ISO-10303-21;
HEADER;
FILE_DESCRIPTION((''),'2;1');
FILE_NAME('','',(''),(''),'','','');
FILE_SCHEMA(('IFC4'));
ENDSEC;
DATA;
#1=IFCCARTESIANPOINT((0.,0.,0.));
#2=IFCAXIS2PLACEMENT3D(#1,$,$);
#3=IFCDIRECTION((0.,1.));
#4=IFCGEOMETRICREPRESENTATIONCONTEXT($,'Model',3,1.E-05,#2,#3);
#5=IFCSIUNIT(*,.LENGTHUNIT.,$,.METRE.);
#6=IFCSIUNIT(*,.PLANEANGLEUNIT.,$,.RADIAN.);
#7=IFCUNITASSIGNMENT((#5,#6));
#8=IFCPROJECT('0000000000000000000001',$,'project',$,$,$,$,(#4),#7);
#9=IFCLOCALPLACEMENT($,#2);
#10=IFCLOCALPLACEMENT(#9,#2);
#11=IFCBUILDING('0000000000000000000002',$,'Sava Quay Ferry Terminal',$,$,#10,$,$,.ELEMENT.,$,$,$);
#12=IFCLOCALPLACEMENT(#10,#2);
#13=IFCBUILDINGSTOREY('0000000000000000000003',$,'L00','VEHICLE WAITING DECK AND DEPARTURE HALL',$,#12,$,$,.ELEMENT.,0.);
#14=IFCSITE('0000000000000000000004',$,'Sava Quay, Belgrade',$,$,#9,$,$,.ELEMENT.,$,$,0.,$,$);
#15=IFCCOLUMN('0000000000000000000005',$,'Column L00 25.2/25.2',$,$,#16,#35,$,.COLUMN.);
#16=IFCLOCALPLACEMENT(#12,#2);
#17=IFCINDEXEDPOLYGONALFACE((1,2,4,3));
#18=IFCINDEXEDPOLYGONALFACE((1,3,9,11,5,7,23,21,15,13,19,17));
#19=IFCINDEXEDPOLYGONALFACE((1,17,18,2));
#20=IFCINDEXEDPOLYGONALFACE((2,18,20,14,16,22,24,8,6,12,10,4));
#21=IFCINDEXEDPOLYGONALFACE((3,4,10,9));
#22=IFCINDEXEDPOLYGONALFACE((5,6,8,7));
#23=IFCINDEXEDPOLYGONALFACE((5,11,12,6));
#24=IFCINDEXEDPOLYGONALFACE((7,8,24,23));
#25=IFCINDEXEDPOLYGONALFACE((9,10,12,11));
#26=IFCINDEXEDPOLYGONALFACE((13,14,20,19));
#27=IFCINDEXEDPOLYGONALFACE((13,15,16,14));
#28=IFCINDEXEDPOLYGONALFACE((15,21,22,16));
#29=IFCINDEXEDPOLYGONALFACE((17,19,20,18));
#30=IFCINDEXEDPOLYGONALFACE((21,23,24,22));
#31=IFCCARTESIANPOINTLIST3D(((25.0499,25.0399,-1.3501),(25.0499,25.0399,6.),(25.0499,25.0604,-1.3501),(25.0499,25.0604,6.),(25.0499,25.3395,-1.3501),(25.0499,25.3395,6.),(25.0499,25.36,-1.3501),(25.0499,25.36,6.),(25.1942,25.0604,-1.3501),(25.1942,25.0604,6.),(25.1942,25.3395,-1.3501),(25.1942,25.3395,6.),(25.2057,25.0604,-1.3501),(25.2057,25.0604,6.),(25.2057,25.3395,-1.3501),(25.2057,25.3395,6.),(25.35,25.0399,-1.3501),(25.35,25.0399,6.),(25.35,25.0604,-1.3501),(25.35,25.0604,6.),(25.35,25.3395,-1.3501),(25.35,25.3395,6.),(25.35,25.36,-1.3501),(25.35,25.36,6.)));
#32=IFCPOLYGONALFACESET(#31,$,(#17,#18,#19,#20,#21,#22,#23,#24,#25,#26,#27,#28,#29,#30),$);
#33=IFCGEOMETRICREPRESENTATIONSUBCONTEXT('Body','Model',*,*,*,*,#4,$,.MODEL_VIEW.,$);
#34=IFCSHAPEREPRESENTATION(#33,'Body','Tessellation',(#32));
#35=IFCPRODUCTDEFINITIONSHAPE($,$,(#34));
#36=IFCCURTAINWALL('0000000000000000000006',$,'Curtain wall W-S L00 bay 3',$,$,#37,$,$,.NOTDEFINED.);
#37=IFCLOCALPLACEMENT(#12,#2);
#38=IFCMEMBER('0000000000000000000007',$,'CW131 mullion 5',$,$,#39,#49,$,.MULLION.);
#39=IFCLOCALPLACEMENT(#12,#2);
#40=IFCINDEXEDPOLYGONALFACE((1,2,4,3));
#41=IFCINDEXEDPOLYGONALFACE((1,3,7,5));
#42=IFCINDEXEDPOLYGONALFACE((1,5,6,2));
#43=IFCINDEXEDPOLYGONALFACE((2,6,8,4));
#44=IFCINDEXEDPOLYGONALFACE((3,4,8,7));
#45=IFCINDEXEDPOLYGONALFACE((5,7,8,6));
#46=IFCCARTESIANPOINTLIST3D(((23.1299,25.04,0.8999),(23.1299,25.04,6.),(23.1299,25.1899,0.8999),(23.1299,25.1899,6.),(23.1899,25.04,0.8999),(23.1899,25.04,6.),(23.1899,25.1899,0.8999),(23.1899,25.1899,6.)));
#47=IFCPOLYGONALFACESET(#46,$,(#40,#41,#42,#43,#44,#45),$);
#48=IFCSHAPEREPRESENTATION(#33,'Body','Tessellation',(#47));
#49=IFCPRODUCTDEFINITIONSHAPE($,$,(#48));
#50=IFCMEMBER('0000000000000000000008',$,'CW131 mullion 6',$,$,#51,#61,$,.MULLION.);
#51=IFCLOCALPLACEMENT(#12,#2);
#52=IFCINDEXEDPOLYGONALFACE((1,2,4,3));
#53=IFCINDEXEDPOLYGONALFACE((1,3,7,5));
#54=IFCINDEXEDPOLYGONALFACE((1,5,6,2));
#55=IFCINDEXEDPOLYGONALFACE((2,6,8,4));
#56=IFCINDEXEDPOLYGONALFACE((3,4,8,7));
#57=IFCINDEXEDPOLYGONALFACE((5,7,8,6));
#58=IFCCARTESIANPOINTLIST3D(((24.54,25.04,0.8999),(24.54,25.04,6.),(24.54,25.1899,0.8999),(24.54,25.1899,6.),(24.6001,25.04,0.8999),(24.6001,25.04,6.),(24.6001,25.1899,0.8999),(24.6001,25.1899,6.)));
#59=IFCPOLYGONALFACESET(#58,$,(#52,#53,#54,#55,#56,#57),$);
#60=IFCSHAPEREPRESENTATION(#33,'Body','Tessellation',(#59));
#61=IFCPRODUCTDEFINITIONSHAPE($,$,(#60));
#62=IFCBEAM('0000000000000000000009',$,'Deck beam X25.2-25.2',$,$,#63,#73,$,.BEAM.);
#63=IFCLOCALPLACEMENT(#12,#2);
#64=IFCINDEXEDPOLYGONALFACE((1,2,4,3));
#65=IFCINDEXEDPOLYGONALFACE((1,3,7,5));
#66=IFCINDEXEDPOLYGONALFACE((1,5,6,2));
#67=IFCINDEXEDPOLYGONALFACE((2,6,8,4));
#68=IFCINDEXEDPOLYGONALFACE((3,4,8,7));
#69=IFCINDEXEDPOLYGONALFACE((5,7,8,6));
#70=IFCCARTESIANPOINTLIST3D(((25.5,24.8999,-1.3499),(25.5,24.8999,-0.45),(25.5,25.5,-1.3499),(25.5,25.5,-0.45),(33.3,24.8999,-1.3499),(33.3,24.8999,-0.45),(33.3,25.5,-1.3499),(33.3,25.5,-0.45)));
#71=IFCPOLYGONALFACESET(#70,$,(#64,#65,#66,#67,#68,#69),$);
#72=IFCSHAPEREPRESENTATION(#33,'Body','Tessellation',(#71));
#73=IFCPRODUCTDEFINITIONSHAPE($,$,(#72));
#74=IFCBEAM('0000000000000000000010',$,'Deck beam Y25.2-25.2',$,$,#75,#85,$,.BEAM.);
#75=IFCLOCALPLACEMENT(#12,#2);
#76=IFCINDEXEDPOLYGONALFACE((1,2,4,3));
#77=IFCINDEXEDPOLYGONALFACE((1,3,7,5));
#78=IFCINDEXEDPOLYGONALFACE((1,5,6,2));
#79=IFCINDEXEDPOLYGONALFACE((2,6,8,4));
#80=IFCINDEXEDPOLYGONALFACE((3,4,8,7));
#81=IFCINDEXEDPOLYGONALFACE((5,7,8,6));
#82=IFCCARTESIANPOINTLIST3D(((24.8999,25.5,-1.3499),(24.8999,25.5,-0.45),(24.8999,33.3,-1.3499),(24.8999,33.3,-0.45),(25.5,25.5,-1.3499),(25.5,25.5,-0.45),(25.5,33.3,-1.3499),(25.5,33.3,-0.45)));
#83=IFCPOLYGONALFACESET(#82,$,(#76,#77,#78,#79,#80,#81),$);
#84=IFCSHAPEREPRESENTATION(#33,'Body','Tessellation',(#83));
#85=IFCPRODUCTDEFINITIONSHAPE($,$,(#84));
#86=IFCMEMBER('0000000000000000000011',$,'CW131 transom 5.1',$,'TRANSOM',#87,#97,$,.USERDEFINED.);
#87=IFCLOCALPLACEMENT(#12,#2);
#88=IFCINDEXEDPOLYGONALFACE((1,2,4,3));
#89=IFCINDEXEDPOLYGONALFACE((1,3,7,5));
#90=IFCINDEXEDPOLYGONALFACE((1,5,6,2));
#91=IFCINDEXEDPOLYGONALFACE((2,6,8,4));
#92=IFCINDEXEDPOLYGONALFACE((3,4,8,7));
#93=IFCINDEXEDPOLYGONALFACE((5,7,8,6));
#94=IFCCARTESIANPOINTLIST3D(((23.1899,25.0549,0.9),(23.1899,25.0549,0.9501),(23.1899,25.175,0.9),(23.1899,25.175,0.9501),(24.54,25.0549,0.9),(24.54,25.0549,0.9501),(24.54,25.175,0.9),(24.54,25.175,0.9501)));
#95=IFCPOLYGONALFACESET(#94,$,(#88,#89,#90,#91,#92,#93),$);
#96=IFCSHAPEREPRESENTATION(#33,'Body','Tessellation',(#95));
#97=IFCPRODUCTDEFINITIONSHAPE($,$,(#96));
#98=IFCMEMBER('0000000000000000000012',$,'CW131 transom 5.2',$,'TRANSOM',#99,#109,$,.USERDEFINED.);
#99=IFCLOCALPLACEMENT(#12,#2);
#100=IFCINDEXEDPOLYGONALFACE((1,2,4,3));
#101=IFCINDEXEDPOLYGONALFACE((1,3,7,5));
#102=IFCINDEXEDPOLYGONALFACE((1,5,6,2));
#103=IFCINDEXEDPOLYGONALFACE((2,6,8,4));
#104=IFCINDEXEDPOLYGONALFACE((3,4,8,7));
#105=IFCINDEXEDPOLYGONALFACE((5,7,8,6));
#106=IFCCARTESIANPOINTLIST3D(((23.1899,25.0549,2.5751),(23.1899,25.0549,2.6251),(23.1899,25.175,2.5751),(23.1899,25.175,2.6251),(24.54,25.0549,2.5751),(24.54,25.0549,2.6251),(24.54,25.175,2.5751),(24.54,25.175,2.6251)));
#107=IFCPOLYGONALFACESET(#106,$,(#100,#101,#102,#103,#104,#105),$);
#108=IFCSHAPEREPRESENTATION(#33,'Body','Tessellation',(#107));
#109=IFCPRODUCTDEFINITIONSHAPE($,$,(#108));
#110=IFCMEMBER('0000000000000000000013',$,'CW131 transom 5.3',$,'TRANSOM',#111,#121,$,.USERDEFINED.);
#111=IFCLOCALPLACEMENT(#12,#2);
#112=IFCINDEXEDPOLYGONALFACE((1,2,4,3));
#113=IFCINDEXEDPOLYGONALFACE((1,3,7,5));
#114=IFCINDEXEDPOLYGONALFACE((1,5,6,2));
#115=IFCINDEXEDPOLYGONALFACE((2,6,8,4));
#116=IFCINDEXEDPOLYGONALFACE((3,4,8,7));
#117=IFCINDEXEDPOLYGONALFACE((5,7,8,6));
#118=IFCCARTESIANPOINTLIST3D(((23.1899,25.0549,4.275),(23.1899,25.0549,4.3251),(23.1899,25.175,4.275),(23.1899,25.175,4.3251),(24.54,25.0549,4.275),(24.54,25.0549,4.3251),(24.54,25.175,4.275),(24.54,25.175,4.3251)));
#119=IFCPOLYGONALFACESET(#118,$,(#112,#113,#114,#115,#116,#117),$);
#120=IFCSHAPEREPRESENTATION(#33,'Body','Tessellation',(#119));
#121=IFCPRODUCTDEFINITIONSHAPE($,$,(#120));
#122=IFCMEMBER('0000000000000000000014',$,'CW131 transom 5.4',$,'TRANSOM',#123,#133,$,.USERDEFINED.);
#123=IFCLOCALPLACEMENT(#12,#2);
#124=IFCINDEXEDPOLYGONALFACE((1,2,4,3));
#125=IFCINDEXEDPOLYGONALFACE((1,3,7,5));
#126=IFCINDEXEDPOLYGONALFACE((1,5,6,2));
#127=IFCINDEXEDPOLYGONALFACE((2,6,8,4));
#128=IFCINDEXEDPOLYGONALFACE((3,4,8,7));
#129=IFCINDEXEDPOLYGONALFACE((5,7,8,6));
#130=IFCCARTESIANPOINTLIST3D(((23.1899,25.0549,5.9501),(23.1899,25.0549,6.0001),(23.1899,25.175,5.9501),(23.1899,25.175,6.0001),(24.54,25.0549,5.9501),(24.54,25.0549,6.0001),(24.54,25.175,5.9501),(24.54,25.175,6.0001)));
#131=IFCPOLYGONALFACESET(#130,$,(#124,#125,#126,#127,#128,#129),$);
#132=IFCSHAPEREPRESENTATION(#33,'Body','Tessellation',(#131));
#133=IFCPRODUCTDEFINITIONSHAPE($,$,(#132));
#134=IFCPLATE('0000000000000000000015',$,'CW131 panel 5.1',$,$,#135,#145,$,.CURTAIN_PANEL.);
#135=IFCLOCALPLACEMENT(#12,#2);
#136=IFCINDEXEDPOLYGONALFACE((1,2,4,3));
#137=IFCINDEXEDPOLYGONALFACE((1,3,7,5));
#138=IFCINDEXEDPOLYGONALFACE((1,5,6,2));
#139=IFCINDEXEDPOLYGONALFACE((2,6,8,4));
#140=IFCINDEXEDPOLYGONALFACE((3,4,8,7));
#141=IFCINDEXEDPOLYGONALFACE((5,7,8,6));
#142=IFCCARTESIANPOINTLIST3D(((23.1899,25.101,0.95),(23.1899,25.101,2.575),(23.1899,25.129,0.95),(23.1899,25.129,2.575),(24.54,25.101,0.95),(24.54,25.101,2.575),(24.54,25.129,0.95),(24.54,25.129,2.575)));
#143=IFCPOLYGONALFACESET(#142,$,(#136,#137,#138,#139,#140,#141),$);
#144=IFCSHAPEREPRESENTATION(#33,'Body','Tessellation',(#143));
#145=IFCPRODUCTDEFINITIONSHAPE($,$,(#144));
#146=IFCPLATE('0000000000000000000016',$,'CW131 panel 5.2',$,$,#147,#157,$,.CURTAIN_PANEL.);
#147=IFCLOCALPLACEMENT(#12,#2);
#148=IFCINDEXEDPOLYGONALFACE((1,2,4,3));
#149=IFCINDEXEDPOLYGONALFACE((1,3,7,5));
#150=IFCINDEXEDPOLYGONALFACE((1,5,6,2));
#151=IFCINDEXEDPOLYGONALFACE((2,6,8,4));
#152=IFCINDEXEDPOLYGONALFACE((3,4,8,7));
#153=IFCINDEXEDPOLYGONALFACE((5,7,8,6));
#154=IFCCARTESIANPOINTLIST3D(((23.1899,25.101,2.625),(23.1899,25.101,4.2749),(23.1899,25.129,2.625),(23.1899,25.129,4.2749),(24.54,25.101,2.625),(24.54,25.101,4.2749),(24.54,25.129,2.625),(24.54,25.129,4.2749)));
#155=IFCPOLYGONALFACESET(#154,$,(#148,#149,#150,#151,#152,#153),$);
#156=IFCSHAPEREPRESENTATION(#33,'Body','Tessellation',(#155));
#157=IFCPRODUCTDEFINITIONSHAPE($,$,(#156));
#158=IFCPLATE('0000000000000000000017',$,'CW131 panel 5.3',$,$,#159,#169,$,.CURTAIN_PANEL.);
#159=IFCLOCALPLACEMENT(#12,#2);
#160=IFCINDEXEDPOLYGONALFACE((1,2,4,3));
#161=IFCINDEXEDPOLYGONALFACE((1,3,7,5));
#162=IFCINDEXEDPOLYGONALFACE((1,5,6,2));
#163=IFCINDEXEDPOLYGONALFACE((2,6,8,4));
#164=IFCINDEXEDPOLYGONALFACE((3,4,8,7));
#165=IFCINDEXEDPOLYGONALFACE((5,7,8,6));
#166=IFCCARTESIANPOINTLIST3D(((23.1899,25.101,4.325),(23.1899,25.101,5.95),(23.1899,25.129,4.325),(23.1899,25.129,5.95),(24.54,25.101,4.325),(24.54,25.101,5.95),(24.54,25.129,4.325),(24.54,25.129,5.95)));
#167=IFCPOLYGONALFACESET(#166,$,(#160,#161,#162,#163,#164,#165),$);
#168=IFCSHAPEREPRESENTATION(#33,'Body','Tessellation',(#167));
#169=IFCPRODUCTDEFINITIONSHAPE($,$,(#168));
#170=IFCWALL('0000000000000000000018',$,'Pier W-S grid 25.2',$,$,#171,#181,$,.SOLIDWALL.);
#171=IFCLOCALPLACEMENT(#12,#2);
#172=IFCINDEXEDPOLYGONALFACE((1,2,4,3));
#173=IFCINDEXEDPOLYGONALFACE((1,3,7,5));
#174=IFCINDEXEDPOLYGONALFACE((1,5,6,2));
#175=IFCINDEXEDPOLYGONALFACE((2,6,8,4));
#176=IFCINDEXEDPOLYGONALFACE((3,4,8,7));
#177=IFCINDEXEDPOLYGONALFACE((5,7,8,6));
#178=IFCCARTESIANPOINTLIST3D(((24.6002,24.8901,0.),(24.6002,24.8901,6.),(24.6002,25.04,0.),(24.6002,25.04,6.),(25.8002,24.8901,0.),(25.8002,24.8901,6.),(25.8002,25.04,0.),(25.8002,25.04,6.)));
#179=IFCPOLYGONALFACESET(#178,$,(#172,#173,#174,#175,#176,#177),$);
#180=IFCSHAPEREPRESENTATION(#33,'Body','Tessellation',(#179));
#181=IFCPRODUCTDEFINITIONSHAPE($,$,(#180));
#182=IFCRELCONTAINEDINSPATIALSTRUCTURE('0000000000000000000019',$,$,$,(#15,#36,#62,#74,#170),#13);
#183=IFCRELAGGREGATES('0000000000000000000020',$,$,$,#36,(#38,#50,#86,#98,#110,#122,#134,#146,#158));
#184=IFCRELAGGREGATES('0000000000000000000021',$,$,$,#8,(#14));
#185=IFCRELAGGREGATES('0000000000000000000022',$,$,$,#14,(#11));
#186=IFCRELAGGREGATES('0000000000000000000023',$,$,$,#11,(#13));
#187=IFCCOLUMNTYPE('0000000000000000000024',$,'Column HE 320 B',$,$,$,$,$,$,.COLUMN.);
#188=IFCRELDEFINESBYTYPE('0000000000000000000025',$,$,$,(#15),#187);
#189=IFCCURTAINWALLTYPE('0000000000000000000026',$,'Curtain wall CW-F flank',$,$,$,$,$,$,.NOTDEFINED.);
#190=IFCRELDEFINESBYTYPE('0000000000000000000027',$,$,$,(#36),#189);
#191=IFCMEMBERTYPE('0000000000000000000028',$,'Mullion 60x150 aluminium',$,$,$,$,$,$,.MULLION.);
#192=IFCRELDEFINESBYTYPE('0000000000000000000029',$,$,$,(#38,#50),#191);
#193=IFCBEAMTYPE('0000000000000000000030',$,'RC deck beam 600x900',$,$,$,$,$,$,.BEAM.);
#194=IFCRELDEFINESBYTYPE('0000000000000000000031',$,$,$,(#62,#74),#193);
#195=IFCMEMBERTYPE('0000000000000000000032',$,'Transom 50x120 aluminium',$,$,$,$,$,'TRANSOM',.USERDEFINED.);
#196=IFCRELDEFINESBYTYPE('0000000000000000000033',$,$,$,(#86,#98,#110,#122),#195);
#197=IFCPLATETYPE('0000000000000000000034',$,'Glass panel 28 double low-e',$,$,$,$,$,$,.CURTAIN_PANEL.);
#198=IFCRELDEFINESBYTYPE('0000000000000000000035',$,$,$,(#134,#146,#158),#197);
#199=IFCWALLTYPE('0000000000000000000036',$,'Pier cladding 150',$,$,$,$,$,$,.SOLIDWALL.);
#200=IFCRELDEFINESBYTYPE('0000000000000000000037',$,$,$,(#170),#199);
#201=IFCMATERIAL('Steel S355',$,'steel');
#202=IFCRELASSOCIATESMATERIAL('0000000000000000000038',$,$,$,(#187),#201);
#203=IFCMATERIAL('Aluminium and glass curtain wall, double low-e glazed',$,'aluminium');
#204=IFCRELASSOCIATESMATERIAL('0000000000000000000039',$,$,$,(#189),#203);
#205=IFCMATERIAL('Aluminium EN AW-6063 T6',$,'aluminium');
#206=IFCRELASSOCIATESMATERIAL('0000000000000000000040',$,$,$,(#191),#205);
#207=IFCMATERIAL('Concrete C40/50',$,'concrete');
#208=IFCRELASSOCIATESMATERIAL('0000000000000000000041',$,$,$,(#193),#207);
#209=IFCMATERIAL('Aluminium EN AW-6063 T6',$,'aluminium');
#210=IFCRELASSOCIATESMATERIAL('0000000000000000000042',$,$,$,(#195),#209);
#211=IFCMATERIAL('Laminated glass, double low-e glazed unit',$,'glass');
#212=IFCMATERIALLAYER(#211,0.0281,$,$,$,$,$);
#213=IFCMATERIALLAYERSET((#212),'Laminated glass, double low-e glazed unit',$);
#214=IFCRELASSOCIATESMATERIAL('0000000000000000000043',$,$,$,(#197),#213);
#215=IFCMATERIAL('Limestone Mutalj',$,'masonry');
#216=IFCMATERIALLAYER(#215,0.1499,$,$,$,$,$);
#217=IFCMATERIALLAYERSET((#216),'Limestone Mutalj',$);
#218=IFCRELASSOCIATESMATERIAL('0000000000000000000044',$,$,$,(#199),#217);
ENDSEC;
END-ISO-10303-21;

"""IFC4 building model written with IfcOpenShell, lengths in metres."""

from ifc_helpers import new_model, si_unit, direction, frame, frame_2d, origin, origin_2d, place, context, subcontext, project, spatial, rectangle, i_section, extrude, material, layer, layer_set, material_profile, profile_set, type_object, element, aggregate, save


model = new_model("IFC4")

# Units and contexts
model_context = context("Model", 3, precision=1e-05, world=origin(), true_north=direction((0.0, 1.0)))
body_context = subcontext(model_context, "Body", "Model", "MODEL_VIEW")
ifc_project = project(units=[si_unit("LENGTHUNIT", "METRE"), si_unit("PLANEANGLEUNIT", "RADIAN")], contexts=[model_context])

# Site, building, storey
site_placement = place(None, origin())
site = spatial("IfcSite", under=ifc_project, at=site_placement, Name="Sava Quay, Belgrade", CompositionType="ELEMENT", RefElevation=0.0)
building_placement = place(site_placement, origin())
building = spatial("IfcBuilding", under=site, at=building_placement, Name="Sava Quay Ferry Terminal", CompositionType="ELEMENT")
storey_placement = place(building_placement, origin())
storey = spatial("IfcBuildingStorey", under=building, at=storey_placement, Name="L00", Description="VEHICLE WAITING DECK AND DEPARTURE HALL", CompositionType="ELEMENT", Elevation=0.0)

# Column
ifc_material_1 = material(Name="Steel S355", Category="steel")
ifc_material_profile_1 = material_profile(ifc_material_1, i_section(OverallWidth=0.3, OverallDepth=0.3201, WebThickness=0.0115, FlangeThickness=0.0205, at=origin_2d()), Name="HE 320 B")
ifc_profile_set_1 = profile_set([ifc_material_profile_1], Name="Steel S355")
column_type = type_object("IfcColumnType", Name="Column HE 320 B", PredefinedType="COLUMN", material=ifc_profile_set_1)
column_placement = place(storey_placement, frame((25.2, 25.2, -1.3501), z_axis=(0.0, 0.0, 1.0), x_axis=(1.0, 0.0, 0.0)))
element("IfcColumn", 1, at=column_placement, inside=storey, type_object=column_type, Name="Column L00 25.2/25.2", PredefinedType="COLUMN", context=body_context, shape_type="SweptSolid", body=[
    extrude(i_section(OverallWidth=0.3, OverallDepth=0.3201, WebThickness=0.0115, FlangeThickness=0.0205, at=origin_2d()), origin(), (0.0, 0.0, 1.0), 7.3501),
])

# Curtain wall, members
ifc_material_2 = material(Name="Aluminium and glass curtain wall, double low-e glazed", Category="aluminium")
curtain_wall_type = type_object("IfcCurtainWallType", Name="Curtain wall CW-F flank", PredefinedType="NOTDEFINED", material=ifc_material_2)
curtain_wall_placement = place(storey_placement, origin())
curtain_wall = element("IfcCurtainWall", 2, at=curtain_wall_placement, inside=storey, type_object=curtain_wall_type, Name="Curtain wall W-S L00 bay 3", PredefinedType="NOTDEFINED")
ifc_material_3 = material(Name="Aluminium EN AW-6063 T6", Category="aluminium")
ifc_material_profile_2 = material_profile(ifc_material_3, rectangle(XDim=0.1499, YDim=0.0601, at=origin_2d()), Name="Mullion 60x150 aluminium")
ifc_profile_set_2 = profile_set([ifc_material_profile_2], Name="Aluminium EN AW-6063 T6")
member_type_1 = type_object("IfcMemberType", Name="Mullion 60x150 aluminium", PredefinedType="MULLION", material=ifc_profile_set_2)
member_1_placement = place(storey_placement, frame((23.1599, 25.115, 0.8999), z_axis=(0.0, 0.0, 1.0), x_axis=(0.0, 1.0, 0.0)))
member_1 = element("IfcMember", 3, at=member_1_placement, type_object=member_type_1, Name="CW131 mullion 5", PredefinedType="MULLION", context=body_context, shape_type="SweptSolid", body=[
    extrude(rectangle(XDim=0.1499, YDim=0.0601, at=origin_2d()), origin(), (0.0, 0.0, 1.0), 5.1001),
])
member_2_placement = place(storey_placement, frame((24.5701, 25.115, 0.8999), z_axis=(0.0, 0.0, 1.0), x_axis=(0.0, 1.0, 0.0)))
member_2 = element("IfcMember", 4, at=member_2_placement, type_object=member_type_1, Name="CW131 mullion 6", PredefinedType="MULLION", context=body_context, shape_type="SweptSolid", body=[
    extrude(rectangle(XDim=0.1499, YDim=0.0601, at=origin_2d()), origin(), (0.0, 0.0, 1.0), 5.1001),
])

# Beams
ifc_material_4 = material(Name="Concrete C40/50", Category="concrete")
ifc_material_profile_3 = material_profile(ifc_material_4, rectangle(XDim=0.6001, YDim=0.8999, at=origin_2d()), Name="RC 600x900")
ifc_profile_set_3 = profile_set([ifc_material_profile_3], Name="Concrete C40/50")
beam_type = type_object("IfcBeamType", Name="RC deck beam 600x900", PredefinedType="BEAM", material=ifc_profile_set_3)
for number, where, z_axis, x_axis, name in (
    (5, (25.5, 25.2, -0.8999), (1.0, 0.0, 0.0), (0.0, 1.0, 0.0), "Deck beam X25.2-25.2"),
    (6, (25.2, 25.5, -0.8999), (0.0, 1.0, 0.0), (-1.0, 0.0, 0.0), "Deck beam Y25.2-25.2"),
):
    element("IfcBeam", number, at=place(storey_placement, frame(where, z_axis=z_axis, x_axis=x_axis)), inside=storey, type_object=beam_type, Name=name, PredefinedType="BEAM", context=body_context, shape_type="SweptSolid", body=[
        extrude(rectangle(XDim=0.6001, YDim=0.8999, at=origin_2d()), origin(), (0.0, 0.0, 1.0), 7.8),
    ])

# Members
ifc_material_5 = material(Name="Aluminium EN AW-6063 T6", Category="aluminium")
ifc_material_profile_4 = material_profile(ifc_material_5, rectangle(XDim=0.1201, YDim=0.05, at=origin_2d()), Name="Transom 50x120 aluminium")
ifc_profile_set_4 = profile_set([ifc_material_profile_4], Name="Aluminium EN AW-6063 T6")
member_type_2 = type_object("IfcMemberType", Name="Transom 50x120 aluminium", ElementType="TRANSOM", PredefinedType="USERDEFINED", material=ifc_profile_set_4)
member_3_placement = place(storey_placement, frame((23.1899, 25.115, 0.925), z_axis=(1.0, 0.0, 0.0), x_axis=(0.0, 1.0, 0.0)))
member_3 = element("IfcMember", 7, at=member_3_placement, type_object=member_type_2, Name="CW131 transom 5.1", ObjectType="TRANSOM", PredefinedType="USERDEFINED", context=body_context, shape_type="SweptSolid", body=[
    extrude(rectangle(XDim=0.1201, YDim=0.05, at=origin_2d()), origin(), (0.0, 0.0, 1.0), 1.3501),
])
member_4_placement = place(storey_placement, frame((23.1899, 25.115, 2.6001), z_axis=(1.0, 0.0, 0.0), x_axis=(0.0, 1.0, 0.0)))
member_4 = element("IfcMember", 8, at=member_4_placement, type_object=member_type_2, Name="CW131 transom 5.2", ObjectType="TRANSOM", PredefinedType="USERDEFINED", context=body_context, shape_type="SweptSolid", body=[
    extrude(rectangle(XDim=0.1201, YDim=0.05, at=origin_2d()), origin(), (0.0, 0.0, 1.0), 1.3501),
])
member_5_placement = place(storey_placement, frame((23.1899, 25.115, 4.3), z_axis=(1.0, 0.0, 0.0), x_axis=(0.0, 1.0, 0.0)))
member_5 = element("IfcMember", 9, at=member_5_placement, type_object=member_type_2, Name="CW131 transom 5.3", ObjectType="TRANSOM", PredefinedType="USERDEFINED", context=body_context, shape_type="SweptSolid", body=[
    extrude(rectangle(XDim=0.1201, YDim=0.05, at=origin_2d()), origin(), (0.0, 0.0, 1.0), 1.3501),
])
member_6_placement = place(storey_placement, frame((23.1899, 25.115, 5.9751), z_axis=(1.0, 0.0, 0.0), x_axis=(0.0, 1.0, 0.0)))
member_6 = element("IfcMember", 10, at=member_6_placement, type_object=member_type_2, Name="CW131 transom 5.4", ObjectType="TRANSOM", PredefinedType="USERDEFINED", context=body_context, shape_type="SweptSolid", body=[
    extrude(rectangle(XDim=0.1201, YDim=0.05, at=origin_2d()), origin(), (0.0, 0.0, 1.0), 1.3501),
])

# Plates
ifc_material_6 = material(Name="Laminated glass, double low-e glazed unit", Category="glass")
ifc_layer_1 = layer(ifc_material_6, 0.0281)
ifc_layer_set_1 = layer_set([ifc_layer_1], Name="Laminated glass, double low-e glazed unit")
plate_type = type_object("IfcPlateType", Name="Glass panel 28 double low-e", PredefinedType="CURTAIN_PANEL", material=ifc_layer_set_1)
plate_1_placement = place(storey_placement, frame((23.865, 25.115, 0.95), z_axis=(0.0, 0.0, 1.0), x_axis=(1.0, 0.0, 0.0)))
plate_1 = element("IfcPlate", 11, at=plate_1_placement, type_object=plate_type, Name="CW131 panel 5.1", PredefinedType="CURTAIN_PANEL", context=body_context, shape_type="SweptSolid", body=[
    extrude(rectangle(XDim=1.3501, YDim=0.0281, at=origin_2d()), origin(), (0.0, 0.0, 1.0), 1.625),
])
plate_2_placement = place(storey_placement, frame((23.865, 25.115, 2.625), z_axis=(0.0, 0.0, 1.0), x_axis=(1.0, 0.0, 0.0)))
plate_2 = element("IfcPlate", 12, at=plate_2_placement, type_object=plate_type, Name="CW131 panel 5.2", PredefinedType="CURTAIN_PANEL", context=body_context, shape_type="SweptSolid", body=[
    extrude(rectangle(XDim=1.3501, YDim=0.0281, at=origin_2d()), origin(), (0.0, 0.0, 1.0), 1.6499),
])
plate_3_placement = place(storey_placement, frame((23.865, 25.115, 4.325), z_axis=(0.0, 0.0, 1.0), x_axis=(1.0, 0.0, 0.0)))
plate_3 = element("IfcPlate", 13, at=plate_3_placement, type_object=plate_type, Name="CW131 panel 5.3", PredefinedType="CURTAIN_PANEL", context=body_context, shape_type="SweptSolid", body=[
    extrude(rectangle(XDim=1.3501, YDim=0.0281, at=origin_2d()), origin(), (0.0, 0.0, 1.0), 1.625),
])
aggregate(curtain_wall, [member_1, member_2, member_3, member_4, member_5, member_6, plate_1, plate_2, plate_3])

# Wall
ifc_material_7 = material(Name="Limestone Mutalj", Category="masonry")
ifc_layer_2 = layer(ifc_material_7, 0.1499)
ifc_layer_set_2 = layer_set([ifc_layer_2], Name="Limestone Mutalj")
wall_type_1 = type_object("IfcWallType", Name="Pier cladding 150", PredefinedType="SOLIDWALL", material=ifc_layer_set_2)
wall_1_placement = place(storey_placement, frame((24.6001, 24.9651, 0.0), z_axis=(0.0, 0.0, 1.0), x_axis=(1.0, 0.0, 0.0)))
element("IfcWall", 14, at=wall_1_placement, inside=storey, type_object=wall_type_1, Name="Pier W-S grid 25.2", PredefinedType="SOLIDWALL", context=body_context, shape_type="SweptSolid", body=[
    extrude(rectangle(XDim=1.2, YDim=0.1499, at=frame_2d((0.6001, 0.0))), origin(), (0.0, 0.0, 1.0), 6.0),
])

save(model, "model.ifc")
